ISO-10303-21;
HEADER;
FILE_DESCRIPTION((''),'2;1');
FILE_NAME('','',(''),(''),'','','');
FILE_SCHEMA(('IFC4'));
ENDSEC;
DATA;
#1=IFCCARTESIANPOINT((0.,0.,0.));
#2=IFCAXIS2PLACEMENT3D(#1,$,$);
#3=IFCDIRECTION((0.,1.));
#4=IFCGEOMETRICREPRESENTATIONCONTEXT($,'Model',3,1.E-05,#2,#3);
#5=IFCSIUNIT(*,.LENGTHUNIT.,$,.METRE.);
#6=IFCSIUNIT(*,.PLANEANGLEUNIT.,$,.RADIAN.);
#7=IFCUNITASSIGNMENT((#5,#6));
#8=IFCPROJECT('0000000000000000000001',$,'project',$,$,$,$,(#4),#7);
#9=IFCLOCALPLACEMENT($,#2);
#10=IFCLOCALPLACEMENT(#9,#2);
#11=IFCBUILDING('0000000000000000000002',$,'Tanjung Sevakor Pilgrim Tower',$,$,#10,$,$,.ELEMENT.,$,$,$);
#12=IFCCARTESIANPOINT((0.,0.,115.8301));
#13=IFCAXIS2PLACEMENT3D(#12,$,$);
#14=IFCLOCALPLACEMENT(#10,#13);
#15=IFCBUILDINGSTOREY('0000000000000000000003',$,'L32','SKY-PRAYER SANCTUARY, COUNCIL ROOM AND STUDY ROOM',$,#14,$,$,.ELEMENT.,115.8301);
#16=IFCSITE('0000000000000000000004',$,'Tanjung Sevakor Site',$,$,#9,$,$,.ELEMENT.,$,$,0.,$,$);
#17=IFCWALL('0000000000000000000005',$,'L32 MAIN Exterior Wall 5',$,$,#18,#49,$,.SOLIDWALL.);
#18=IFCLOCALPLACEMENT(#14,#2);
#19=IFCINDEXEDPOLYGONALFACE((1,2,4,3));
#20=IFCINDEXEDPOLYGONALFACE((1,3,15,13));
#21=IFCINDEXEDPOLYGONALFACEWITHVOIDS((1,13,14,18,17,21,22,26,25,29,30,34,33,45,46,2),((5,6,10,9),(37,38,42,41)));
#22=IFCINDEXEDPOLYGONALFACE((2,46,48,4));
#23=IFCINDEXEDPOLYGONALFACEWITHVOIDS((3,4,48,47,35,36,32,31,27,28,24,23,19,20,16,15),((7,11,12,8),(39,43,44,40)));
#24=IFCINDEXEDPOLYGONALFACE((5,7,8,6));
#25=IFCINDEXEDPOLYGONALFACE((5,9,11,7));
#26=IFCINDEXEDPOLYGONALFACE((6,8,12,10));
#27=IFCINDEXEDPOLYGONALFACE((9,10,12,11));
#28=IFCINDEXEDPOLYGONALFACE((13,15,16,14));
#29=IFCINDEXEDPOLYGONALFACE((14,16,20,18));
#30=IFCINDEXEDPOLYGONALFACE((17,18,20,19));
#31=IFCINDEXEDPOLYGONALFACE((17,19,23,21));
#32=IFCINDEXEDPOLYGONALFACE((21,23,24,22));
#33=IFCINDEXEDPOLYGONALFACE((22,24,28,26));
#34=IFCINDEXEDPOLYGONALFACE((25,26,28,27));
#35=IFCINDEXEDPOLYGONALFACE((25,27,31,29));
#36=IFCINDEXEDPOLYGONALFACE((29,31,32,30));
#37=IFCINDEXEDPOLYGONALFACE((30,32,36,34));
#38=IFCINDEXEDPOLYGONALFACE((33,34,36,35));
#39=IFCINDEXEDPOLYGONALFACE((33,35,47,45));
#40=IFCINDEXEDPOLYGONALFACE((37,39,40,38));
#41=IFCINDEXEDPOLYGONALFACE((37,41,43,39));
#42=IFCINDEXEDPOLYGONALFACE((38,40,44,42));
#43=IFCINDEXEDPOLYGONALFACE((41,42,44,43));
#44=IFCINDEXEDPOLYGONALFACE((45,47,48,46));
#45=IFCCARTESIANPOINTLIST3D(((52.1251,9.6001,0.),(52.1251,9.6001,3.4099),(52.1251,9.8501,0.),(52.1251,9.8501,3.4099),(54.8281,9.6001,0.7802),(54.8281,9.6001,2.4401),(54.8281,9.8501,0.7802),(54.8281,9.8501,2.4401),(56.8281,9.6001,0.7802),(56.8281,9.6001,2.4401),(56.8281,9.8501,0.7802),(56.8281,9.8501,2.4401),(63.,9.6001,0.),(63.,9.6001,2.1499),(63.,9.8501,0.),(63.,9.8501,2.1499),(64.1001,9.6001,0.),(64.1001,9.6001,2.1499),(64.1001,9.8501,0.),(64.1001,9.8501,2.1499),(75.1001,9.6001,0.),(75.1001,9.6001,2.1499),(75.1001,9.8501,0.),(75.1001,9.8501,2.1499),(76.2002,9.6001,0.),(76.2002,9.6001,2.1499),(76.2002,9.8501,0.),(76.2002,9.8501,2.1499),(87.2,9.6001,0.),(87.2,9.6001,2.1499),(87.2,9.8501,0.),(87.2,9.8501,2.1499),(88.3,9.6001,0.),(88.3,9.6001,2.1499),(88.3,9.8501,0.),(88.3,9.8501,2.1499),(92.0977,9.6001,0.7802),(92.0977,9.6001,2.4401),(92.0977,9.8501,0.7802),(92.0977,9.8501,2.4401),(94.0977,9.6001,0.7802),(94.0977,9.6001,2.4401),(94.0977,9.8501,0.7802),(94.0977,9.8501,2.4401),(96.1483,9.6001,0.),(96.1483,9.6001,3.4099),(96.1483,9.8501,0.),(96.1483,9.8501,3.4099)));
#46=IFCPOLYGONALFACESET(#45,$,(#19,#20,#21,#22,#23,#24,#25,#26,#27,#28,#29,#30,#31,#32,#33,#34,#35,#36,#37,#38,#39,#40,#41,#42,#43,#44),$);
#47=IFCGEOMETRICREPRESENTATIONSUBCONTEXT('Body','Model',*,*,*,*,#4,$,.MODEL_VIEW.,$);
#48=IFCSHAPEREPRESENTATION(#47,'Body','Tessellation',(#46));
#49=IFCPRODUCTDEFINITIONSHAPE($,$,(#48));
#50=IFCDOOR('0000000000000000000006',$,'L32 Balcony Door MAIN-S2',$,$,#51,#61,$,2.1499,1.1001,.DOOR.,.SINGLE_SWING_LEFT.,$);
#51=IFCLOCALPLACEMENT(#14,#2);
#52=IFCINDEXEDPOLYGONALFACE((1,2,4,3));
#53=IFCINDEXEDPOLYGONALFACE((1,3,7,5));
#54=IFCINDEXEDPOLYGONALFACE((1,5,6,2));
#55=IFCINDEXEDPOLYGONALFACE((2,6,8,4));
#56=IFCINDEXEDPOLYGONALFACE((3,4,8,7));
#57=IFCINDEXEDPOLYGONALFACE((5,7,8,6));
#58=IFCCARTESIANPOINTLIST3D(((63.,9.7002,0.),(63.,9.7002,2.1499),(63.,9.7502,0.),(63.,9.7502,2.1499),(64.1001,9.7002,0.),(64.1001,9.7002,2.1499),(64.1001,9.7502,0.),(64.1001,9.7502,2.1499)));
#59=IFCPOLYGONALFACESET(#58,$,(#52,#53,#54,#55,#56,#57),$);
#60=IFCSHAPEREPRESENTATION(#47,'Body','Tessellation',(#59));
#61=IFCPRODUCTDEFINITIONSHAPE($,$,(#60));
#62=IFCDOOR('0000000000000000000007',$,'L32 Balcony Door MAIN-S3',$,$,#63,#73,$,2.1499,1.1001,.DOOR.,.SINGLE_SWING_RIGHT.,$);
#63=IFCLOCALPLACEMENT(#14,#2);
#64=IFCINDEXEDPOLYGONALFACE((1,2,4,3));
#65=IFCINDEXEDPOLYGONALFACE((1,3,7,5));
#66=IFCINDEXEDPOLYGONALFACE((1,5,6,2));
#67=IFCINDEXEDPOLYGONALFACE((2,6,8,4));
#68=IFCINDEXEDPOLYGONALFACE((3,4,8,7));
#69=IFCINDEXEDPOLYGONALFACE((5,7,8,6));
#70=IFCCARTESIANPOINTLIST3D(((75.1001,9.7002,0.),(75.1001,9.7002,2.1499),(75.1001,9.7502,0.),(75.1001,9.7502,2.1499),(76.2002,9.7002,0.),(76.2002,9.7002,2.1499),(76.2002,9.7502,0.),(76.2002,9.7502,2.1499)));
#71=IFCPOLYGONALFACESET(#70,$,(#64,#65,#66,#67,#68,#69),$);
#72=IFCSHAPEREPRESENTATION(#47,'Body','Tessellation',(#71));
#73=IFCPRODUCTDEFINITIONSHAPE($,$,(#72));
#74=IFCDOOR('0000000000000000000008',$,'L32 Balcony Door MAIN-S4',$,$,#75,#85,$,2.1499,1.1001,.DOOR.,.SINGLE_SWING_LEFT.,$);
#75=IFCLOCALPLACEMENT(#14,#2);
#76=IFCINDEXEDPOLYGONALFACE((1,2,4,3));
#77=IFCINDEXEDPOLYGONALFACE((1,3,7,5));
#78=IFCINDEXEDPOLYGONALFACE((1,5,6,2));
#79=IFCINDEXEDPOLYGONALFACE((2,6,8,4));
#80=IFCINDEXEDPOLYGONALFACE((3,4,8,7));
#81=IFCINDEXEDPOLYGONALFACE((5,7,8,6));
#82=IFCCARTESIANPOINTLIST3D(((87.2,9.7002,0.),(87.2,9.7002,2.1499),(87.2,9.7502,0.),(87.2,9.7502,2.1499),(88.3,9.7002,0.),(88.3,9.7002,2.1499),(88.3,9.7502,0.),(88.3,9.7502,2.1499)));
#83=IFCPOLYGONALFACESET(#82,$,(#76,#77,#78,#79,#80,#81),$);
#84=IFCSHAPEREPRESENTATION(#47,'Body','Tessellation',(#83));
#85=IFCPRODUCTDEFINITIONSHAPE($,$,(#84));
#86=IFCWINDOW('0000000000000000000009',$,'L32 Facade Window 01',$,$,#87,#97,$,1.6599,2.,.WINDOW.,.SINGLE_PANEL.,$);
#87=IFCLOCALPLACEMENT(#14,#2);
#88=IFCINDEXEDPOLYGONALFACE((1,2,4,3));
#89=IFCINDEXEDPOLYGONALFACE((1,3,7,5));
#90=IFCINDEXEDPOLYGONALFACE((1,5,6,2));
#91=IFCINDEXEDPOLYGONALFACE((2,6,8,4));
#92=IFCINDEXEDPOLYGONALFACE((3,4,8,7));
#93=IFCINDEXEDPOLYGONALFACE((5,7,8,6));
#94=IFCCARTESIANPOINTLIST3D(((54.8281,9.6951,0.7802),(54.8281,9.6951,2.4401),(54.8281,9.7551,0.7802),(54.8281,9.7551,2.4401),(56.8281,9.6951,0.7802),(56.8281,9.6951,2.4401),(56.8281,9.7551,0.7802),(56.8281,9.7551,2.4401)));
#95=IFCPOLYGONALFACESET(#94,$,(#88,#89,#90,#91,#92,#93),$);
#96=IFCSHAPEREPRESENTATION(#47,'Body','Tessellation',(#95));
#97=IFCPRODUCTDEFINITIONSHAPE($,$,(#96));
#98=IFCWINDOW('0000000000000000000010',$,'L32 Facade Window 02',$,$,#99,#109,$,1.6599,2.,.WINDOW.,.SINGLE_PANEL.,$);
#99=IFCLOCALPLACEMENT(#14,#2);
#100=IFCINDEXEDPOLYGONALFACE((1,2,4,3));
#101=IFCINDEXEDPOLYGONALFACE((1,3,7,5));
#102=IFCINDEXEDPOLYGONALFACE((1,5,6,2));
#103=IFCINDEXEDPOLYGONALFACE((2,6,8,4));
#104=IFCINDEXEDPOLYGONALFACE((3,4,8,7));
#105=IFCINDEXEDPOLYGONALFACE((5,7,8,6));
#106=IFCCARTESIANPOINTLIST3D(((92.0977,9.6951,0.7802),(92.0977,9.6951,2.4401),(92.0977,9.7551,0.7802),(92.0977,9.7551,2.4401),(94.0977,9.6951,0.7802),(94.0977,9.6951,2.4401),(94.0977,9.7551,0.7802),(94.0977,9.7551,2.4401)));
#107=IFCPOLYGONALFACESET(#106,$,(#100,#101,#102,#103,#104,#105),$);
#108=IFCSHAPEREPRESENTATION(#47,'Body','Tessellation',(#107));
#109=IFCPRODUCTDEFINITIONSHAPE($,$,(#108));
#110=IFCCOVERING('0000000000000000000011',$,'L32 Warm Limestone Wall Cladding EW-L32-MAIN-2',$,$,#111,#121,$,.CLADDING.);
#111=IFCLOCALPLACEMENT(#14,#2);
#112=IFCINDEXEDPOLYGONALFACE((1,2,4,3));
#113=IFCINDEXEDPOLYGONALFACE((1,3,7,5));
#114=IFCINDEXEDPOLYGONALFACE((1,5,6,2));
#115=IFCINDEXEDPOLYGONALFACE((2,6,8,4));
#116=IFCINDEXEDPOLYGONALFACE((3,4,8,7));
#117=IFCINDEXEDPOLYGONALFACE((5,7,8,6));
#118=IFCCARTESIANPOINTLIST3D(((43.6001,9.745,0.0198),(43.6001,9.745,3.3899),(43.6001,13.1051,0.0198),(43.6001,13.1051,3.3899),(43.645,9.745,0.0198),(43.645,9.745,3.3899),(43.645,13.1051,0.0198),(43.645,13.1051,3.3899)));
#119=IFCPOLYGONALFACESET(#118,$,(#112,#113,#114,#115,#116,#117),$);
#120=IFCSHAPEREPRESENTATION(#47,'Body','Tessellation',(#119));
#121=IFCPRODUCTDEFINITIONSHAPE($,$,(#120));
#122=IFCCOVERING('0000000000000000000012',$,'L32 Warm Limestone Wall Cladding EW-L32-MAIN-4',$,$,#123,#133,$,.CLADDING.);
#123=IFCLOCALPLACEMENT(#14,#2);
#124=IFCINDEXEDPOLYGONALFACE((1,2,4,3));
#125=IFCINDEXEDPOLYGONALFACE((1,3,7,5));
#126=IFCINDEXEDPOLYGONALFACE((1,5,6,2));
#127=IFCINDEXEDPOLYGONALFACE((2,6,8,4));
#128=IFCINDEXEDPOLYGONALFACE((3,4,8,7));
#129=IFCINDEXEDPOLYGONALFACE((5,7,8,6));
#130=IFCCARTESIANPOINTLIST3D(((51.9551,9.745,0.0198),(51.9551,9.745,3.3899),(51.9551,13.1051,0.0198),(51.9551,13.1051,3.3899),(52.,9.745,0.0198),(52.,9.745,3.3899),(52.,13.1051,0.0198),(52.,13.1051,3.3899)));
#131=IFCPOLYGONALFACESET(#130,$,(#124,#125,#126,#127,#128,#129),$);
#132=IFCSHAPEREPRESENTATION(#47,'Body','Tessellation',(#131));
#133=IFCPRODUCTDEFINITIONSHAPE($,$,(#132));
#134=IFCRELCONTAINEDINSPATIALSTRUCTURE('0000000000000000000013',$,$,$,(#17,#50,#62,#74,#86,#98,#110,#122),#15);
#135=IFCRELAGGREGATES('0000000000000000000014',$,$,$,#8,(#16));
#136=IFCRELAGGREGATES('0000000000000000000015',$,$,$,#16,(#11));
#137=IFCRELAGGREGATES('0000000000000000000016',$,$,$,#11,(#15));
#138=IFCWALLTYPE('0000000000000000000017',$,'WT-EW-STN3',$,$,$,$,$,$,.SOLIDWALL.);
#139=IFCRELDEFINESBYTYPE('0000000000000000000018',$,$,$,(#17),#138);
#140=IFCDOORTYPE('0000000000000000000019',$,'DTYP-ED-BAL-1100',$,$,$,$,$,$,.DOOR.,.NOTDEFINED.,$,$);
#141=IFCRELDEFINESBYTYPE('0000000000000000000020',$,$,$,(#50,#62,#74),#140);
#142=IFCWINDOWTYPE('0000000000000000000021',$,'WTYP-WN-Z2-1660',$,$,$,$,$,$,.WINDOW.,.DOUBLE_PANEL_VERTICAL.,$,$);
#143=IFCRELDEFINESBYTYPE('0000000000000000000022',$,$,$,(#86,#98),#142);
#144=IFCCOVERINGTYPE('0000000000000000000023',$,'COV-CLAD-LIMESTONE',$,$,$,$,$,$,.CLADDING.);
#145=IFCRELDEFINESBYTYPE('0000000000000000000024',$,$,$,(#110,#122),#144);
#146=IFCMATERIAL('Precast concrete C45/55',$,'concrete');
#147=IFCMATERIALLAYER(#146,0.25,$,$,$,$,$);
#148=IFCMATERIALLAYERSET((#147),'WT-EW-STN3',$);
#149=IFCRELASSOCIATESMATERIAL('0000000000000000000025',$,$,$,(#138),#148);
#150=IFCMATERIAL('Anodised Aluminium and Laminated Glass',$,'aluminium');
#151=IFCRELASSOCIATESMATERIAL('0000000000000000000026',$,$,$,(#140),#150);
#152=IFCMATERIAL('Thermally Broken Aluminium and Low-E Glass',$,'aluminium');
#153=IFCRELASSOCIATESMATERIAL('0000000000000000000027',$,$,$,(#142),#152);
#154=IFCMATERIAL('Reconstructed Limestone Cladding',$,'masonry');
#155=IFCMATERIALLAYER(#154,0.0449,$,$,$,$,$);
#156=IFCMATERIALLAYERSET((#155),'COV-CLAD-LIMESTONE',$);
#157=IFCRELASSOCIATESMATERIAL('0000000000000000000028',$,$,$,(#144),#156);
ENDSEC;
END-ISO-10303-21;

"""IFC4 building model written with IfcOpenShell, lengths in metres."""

from ifc_helpers import new_model, si_unit, direction, frame, frame_2d, origin, origin_2d, place, context, subcontext, project, spatial, rectangle, extrude, material, layer, layer_set, type_object, element, fill, save


model = new_model("IFC4")

# Units and contexts
model_context = context("Model", 3, precision=1e-05, world=origin(), true_north=direction((0.0, 1.0)))
body_context = subcontext(model_context, "Body", "Model", "MODEL_VIEW")
ifc_project = project(units=[si_unit("LENGTHUNIT", "METRE"), si_unit("PLANEANGLEUNIT", "RADIAN")], contexts=[model_context])

# Site, building, storey
site_placement = place(None, origin())
site = spatial("IfcSite", under=ifc_project, at=site_placement, Name="Tanjung Sevakor Site", CompositionType="ELEMENT", RefElevation=0.0)
building_placement = place(site_placement, origin())
building = spatial("IfcBuilding", under=site, at=building_placement, Name="Tanjung Sevakor Pilgrim Tower", CompositionType="ELEMENT")
storey_placement = place(building_placement, frame((0.0, 0.0, 115.8301)))
storey = spatial("IfcBuildingStorey", under=building, at=storey_placement, Name="L32", Description="SKY-PRAYER SANCTUARY, COUNCIL ROOM AND STUDY ROOM", CompositionType="ELEMENT", Elevation=115.8301)

# Shared definitions
ifc_material_1 = material(Name="Precast concrete C45/55", Category="concrete")
ifc_layer_1 = layer(ifc_material_1, 0.25)
ifc_layer_set_1 = layer_set([ifc_layer_1], Name="WT-EW-STN3")
wall_type_1 = type_object("IfcWallType", Name="WT-EW-STN3", PredefinedType="SOLIDWALL", material=ifc_layer_set_1)

# Wall, openings, doors, windows
wall_1_placement = place(storey_placement, frame((52.125, 9.7251, 0.0), z_axis=(0.0, 0.0, 1.0), x_axis=(1.0, 0.0, 0.0)))
wall_1 = element("IfcWall", 1, at=wall_1_placement, inside=storey, type_object=wall_type_1, Name="L32 MAIN Exterior Wall 5", PredefinedType="SOLIDWALL", context=body_context, shape_type="SweptSolid", body=[
    extrude(rectangle(XDim=44.0232, YDim=0.25, at=frame_2d((22.0117, 0.0))), origin(), (0.0, 0.0, 1.0), 3.4099),
])
opening_1_placement = place(wall_1_placement, frame((10.875, 0.0, 0.0)))
opening_1 = element("IfcOpeningElement", 2, at=opening_1_placement, cuts=wall_1, PredefinedType="OPENING", context=body_context, shape_type="SweptSolid", body=[
    extrude(rectangle(XDim=1.1001, YDim=2.1499, at=frame_2d((0.55, 1.075))), frame((0.0, 0.135, 0.0), z_axis=(0.0, -1.0, 0.0), x_axis=(1.0, 0.0, 0.0)), (0.0, 0.0, 1.0), 0.27),
])
opening_2_placement = place(wall_1_placement, frame((22.9751, 0.0, 0.0)))
opening_2 = element("IfcOpeningElement", 3, at=opening_2_placement, cuts=wall_1, PredefinedType="OPENING", context=body_context, shape_type="SweptSolid", body=[
    extrude(rectangle(XDim=1.1001, YDim=2.1499, at=frame_2d((0.55, 1.075))), frame((0.0, 0.135, 0.0), z_axis=(0.0, -1.0, 0.0), x_axis=(1.0, 0.0, 0.0)), (0.0, 0.0, 1.0), 0.27),
])
opening_3_placement = place(wall_1_placement, frame((35.075, 0.0, 0.0)))
opening_3 = element("IfcOpeningElement", 4, at=opening_3_placement, cuts=wall_1, PredefinedType="OPENING", context=body_context, shape_type="SweptSolid", body=[
    extrude(rectangle(XDim=1.1001, YDim=2.1499, at=frame_2d((0.55, 1.075))), frame((0.0, 0.135, 0.0), z_axis=(0.0, -1.0, 0.0), x_axis=(1.0, 0.0, 0.0)), (0.0, 0.0, 1.0), 0.27),
])
opening_4_placement = place(wall_1_placement, frame((2.7031, 0.0, 0.78)))
opening_4 = element("IfcOpeningElement", 5, at=opening_4_placement, cuts=wall_1, PredefinedType="OPENING", context=body_context, shape_type="SweptSolid", body=[
    extrude(rectangle(XDim=2.0, YDim=1.6599, at=frame_2d((1.0, 0.8301))), frame((0.0, 0.135, 0.0), z_axis=(0.0, -1.0, 0.0), x_axis=(1.0, 0.0, 0.0)), (0.0, 0.0, 1.0), 0.27),
])
opening_5_placement = place(wall_1_placement, frame((39.9727, 0.0, 0.78)))
opening_5 = element("IfcOpeningElement", 6, at=opening_5_placement, cuts=wall_1, PredefinedType="OPENING", context=body_context, shape_type="SweptSolid", body=[
    extrude(rectangle(XDim=2.0, YDim=1.6599, at=frame_2d((1.0, 0.8301))), frame((0.0, 0.135, 0.0), z_axis=(0.0, -1.0, 0.0), x_axis=(1.0, 0.0, 0.0)), (0.0, 0.0, 1.0), 0.27),
])
ifc_material_2 = material(Name="Anodised Aluminium and Laminated Glass", Category="aluminium")
door_type = type_object("IfcDoorType", Name="DTYP-ED-BAL-1100", OperationType="NOTDEFINED", PredefinedType="DOOR", material=ifc_material_2)
door_1_placement = place(opening_1_placement, frame((1.1001, 0.0, 0.0), z_axis=(0.0, 0.0, 1.0), x_axis=(-1.0, 0.0, 0.0)))
door_1 = element("IfcDoor", 7, at=door_1_placement, inside=storey, type_object=door_type, Name="L32 Balcony Door MAIN-S2", OperationType="SINGLE_SWING_LEFT", OverallHeight=2.1499, OverallWidth=1.1001, PredefinedType="DOOR", context=body_context, shape_type="SweptSolid", body=[
    extrude(rectangle(XDim=1.1001, YDim=2.1499, at=frame_2d((0.55, 1.075))), frame((0.0, 0.0249, 0.0), z_axis=(0.0, -1.0, 0.0), x_axis=(1.0, 0.0, 0.0)), (0.0, 0.0, 1.0), 0.05),
])
fill(opening_1, door_1)
door_2_placement = place(opening_2_placement, frame((1.1001, 0.0, 0.0), z_axis=(0.0, 0.0, 1.0), x_axis=(-1.0, 0.0, 0.0)))
door_2 = element("IfcDoor", 8, at=door_2_placement, inside=storey, type_object=door_type, Name="L32 Balcony Door MAIN-S3", OperationType="SINGLE_SWING_RIGHT", OverallHeight=2.1499, OverallWidth=1.1001, PredefinedType="DOOR", context=body_context, shape_type="SweptSolid", body=[
    extrude(rectangle(XDim=1.1001, YDim=2.1499, at=frame_2d((0.55, 1.075))), frame((0.0, 0.0249, 0.0), z_axis=(0.0, -1.0, 0.0), x_axis=(1.0, 0.0, 0.0)), (0.0, 0.0, 1.0), 0.05),
])
fill(opening_2, door_2)
door_3_placement = place(opening_3_placement, frame((1.1001, 0.0, 0.0), z_axis=(0.0, 0.0, 1.0), x_axis=(-1.0, 0.0, 0.0)))
door_3 = element("IfcDoor", 9, at=door_3_placement, inside=storey, type_object=door_type, Name="L32 Balcony Door MAIN-S4", OperationType="SINGLE_SWING_LEFT", OverallHeight=2.1499, OverallWidth=1.1001, PredefinedType="DOOR", context=body_context, shape_type="SweptSolid", body=[
    extrude(rectangle(XDim=1.1001, YDim=2.1499, at=frame_2d((0.55, 1.075))), frame((0.0, 0.0249, 0.0), z_axis=(0.0, -1.0, 0.0), x_axis=(1.0, 0.0, 0.0)), (0.0, 0.0, 1.0), 0.05),
])
fill(opening_3, door_3)
ifc_material_3 = material(Name="Thermally Broken Aluminium and Low-E Glass", Category="aluminium")
window_type = type_object("IfcWindowType", Name="WTYP-WN-Z2-1660", PartitioningType="DOUBLE_PANEL_VERTICAL", PredefinedType="WINDOW", material=ifc_material_3)
window_1_placement = place(opening_4_placement, origin())
window_1 = element("IfcWindow", 10, at=window_1_placement, inside=storey, type_object=window_type, Name="L32 Facade Window 01", OverallHeight=1.6599, OverallWidth=2.0, PartitioningType="SINGLE_PANEL", PredefinedType="WINDOW", context=body_context, shape_type="SweptSolid", body=[
    extrude(rectangle(XDim=2.0, YDim=1.6599, at=frame_2d((1.0, 0.8301))), frame((0.0, 0.03, 0.0), z_axis=(0.0, -1.0, 0.0), x_axis=(1.0, 0.0, 0.0)), (0.0, 0.0, 1.0), 0.0601),
])
fill(opening_4, window_1)
window_2_placement = place(opening_5_placement, origin())
window_2 = element("IfcWindow", 11, at=window_2_placement, inside=storey, type_object=window_type, Name="L32 Facade Window 02", OverallHeight=1.6599, OverallWidth=2.0, PartitioningType="SINGLE_PANEL", PredefinedType="WINDOW", context=body_context, shape_type="SweptSolid", body=[
    extrude(rectangle(XDim=2.0, YDim=1.6599, at=frame_2d((1.0, 0.8301))), frame((0.0, 0.03, 0.0), z_axis=(0.0, -1.0, 0.0), x_axis=(1.0, 0.0, 0.0)), (0.0, 0.0, 1.0), 0.0601),
])
fill(opening_5, window_2)

# Coverings
ifc_material_4 = material(Name="Reconstructed Limestone Cladding", Category="masonry")
ifc_layer_2 = layer(ifc_material_4, 0.0449)
ifc_layer_set_2 = layer_set([ifc_layer_2], Name="COV-CLAD-LIMESTONE")
covering_type = type_object("IfcCoveringType", Name="COV-CLAD-LIMESTONE", PredefinedType="CLADDING", material=ifc_layer_set_2)
for number, where, z_axis, x_axis, name in (
    (12, (43.6226, 11.425, 0.0198), (0.0, 0.0, 1.0), (0.0, 1.0, 0.0), "L32 Warm Limestone Wall Cladding EW-L32-MAIN-2"),
    (13, (51.9775, 11.425, 0.0198), (0.0, 0.0, 1.0), (0.0, -1.0, 0.0), "L32 Warm Limestone Wall Cladding EW-L32-MAIN-4"),
):
    element("IfcCovering", number, at=place(storey_placement, frame(where, z_axis=z_axis, x_axis=x_axis)), inside=storey, type_object=covering_type, Name=name, PredefinedType="CLADDING", context=body_context, shape_type="SweptSolid", body=[
        extrude(rectangle(XDim=3.3601, YDim=0.0449, at=origin_2d()), origin(), (0.0, 0.0, 1.0), 3.3701),
    ])

save(model, "model.ifc")
